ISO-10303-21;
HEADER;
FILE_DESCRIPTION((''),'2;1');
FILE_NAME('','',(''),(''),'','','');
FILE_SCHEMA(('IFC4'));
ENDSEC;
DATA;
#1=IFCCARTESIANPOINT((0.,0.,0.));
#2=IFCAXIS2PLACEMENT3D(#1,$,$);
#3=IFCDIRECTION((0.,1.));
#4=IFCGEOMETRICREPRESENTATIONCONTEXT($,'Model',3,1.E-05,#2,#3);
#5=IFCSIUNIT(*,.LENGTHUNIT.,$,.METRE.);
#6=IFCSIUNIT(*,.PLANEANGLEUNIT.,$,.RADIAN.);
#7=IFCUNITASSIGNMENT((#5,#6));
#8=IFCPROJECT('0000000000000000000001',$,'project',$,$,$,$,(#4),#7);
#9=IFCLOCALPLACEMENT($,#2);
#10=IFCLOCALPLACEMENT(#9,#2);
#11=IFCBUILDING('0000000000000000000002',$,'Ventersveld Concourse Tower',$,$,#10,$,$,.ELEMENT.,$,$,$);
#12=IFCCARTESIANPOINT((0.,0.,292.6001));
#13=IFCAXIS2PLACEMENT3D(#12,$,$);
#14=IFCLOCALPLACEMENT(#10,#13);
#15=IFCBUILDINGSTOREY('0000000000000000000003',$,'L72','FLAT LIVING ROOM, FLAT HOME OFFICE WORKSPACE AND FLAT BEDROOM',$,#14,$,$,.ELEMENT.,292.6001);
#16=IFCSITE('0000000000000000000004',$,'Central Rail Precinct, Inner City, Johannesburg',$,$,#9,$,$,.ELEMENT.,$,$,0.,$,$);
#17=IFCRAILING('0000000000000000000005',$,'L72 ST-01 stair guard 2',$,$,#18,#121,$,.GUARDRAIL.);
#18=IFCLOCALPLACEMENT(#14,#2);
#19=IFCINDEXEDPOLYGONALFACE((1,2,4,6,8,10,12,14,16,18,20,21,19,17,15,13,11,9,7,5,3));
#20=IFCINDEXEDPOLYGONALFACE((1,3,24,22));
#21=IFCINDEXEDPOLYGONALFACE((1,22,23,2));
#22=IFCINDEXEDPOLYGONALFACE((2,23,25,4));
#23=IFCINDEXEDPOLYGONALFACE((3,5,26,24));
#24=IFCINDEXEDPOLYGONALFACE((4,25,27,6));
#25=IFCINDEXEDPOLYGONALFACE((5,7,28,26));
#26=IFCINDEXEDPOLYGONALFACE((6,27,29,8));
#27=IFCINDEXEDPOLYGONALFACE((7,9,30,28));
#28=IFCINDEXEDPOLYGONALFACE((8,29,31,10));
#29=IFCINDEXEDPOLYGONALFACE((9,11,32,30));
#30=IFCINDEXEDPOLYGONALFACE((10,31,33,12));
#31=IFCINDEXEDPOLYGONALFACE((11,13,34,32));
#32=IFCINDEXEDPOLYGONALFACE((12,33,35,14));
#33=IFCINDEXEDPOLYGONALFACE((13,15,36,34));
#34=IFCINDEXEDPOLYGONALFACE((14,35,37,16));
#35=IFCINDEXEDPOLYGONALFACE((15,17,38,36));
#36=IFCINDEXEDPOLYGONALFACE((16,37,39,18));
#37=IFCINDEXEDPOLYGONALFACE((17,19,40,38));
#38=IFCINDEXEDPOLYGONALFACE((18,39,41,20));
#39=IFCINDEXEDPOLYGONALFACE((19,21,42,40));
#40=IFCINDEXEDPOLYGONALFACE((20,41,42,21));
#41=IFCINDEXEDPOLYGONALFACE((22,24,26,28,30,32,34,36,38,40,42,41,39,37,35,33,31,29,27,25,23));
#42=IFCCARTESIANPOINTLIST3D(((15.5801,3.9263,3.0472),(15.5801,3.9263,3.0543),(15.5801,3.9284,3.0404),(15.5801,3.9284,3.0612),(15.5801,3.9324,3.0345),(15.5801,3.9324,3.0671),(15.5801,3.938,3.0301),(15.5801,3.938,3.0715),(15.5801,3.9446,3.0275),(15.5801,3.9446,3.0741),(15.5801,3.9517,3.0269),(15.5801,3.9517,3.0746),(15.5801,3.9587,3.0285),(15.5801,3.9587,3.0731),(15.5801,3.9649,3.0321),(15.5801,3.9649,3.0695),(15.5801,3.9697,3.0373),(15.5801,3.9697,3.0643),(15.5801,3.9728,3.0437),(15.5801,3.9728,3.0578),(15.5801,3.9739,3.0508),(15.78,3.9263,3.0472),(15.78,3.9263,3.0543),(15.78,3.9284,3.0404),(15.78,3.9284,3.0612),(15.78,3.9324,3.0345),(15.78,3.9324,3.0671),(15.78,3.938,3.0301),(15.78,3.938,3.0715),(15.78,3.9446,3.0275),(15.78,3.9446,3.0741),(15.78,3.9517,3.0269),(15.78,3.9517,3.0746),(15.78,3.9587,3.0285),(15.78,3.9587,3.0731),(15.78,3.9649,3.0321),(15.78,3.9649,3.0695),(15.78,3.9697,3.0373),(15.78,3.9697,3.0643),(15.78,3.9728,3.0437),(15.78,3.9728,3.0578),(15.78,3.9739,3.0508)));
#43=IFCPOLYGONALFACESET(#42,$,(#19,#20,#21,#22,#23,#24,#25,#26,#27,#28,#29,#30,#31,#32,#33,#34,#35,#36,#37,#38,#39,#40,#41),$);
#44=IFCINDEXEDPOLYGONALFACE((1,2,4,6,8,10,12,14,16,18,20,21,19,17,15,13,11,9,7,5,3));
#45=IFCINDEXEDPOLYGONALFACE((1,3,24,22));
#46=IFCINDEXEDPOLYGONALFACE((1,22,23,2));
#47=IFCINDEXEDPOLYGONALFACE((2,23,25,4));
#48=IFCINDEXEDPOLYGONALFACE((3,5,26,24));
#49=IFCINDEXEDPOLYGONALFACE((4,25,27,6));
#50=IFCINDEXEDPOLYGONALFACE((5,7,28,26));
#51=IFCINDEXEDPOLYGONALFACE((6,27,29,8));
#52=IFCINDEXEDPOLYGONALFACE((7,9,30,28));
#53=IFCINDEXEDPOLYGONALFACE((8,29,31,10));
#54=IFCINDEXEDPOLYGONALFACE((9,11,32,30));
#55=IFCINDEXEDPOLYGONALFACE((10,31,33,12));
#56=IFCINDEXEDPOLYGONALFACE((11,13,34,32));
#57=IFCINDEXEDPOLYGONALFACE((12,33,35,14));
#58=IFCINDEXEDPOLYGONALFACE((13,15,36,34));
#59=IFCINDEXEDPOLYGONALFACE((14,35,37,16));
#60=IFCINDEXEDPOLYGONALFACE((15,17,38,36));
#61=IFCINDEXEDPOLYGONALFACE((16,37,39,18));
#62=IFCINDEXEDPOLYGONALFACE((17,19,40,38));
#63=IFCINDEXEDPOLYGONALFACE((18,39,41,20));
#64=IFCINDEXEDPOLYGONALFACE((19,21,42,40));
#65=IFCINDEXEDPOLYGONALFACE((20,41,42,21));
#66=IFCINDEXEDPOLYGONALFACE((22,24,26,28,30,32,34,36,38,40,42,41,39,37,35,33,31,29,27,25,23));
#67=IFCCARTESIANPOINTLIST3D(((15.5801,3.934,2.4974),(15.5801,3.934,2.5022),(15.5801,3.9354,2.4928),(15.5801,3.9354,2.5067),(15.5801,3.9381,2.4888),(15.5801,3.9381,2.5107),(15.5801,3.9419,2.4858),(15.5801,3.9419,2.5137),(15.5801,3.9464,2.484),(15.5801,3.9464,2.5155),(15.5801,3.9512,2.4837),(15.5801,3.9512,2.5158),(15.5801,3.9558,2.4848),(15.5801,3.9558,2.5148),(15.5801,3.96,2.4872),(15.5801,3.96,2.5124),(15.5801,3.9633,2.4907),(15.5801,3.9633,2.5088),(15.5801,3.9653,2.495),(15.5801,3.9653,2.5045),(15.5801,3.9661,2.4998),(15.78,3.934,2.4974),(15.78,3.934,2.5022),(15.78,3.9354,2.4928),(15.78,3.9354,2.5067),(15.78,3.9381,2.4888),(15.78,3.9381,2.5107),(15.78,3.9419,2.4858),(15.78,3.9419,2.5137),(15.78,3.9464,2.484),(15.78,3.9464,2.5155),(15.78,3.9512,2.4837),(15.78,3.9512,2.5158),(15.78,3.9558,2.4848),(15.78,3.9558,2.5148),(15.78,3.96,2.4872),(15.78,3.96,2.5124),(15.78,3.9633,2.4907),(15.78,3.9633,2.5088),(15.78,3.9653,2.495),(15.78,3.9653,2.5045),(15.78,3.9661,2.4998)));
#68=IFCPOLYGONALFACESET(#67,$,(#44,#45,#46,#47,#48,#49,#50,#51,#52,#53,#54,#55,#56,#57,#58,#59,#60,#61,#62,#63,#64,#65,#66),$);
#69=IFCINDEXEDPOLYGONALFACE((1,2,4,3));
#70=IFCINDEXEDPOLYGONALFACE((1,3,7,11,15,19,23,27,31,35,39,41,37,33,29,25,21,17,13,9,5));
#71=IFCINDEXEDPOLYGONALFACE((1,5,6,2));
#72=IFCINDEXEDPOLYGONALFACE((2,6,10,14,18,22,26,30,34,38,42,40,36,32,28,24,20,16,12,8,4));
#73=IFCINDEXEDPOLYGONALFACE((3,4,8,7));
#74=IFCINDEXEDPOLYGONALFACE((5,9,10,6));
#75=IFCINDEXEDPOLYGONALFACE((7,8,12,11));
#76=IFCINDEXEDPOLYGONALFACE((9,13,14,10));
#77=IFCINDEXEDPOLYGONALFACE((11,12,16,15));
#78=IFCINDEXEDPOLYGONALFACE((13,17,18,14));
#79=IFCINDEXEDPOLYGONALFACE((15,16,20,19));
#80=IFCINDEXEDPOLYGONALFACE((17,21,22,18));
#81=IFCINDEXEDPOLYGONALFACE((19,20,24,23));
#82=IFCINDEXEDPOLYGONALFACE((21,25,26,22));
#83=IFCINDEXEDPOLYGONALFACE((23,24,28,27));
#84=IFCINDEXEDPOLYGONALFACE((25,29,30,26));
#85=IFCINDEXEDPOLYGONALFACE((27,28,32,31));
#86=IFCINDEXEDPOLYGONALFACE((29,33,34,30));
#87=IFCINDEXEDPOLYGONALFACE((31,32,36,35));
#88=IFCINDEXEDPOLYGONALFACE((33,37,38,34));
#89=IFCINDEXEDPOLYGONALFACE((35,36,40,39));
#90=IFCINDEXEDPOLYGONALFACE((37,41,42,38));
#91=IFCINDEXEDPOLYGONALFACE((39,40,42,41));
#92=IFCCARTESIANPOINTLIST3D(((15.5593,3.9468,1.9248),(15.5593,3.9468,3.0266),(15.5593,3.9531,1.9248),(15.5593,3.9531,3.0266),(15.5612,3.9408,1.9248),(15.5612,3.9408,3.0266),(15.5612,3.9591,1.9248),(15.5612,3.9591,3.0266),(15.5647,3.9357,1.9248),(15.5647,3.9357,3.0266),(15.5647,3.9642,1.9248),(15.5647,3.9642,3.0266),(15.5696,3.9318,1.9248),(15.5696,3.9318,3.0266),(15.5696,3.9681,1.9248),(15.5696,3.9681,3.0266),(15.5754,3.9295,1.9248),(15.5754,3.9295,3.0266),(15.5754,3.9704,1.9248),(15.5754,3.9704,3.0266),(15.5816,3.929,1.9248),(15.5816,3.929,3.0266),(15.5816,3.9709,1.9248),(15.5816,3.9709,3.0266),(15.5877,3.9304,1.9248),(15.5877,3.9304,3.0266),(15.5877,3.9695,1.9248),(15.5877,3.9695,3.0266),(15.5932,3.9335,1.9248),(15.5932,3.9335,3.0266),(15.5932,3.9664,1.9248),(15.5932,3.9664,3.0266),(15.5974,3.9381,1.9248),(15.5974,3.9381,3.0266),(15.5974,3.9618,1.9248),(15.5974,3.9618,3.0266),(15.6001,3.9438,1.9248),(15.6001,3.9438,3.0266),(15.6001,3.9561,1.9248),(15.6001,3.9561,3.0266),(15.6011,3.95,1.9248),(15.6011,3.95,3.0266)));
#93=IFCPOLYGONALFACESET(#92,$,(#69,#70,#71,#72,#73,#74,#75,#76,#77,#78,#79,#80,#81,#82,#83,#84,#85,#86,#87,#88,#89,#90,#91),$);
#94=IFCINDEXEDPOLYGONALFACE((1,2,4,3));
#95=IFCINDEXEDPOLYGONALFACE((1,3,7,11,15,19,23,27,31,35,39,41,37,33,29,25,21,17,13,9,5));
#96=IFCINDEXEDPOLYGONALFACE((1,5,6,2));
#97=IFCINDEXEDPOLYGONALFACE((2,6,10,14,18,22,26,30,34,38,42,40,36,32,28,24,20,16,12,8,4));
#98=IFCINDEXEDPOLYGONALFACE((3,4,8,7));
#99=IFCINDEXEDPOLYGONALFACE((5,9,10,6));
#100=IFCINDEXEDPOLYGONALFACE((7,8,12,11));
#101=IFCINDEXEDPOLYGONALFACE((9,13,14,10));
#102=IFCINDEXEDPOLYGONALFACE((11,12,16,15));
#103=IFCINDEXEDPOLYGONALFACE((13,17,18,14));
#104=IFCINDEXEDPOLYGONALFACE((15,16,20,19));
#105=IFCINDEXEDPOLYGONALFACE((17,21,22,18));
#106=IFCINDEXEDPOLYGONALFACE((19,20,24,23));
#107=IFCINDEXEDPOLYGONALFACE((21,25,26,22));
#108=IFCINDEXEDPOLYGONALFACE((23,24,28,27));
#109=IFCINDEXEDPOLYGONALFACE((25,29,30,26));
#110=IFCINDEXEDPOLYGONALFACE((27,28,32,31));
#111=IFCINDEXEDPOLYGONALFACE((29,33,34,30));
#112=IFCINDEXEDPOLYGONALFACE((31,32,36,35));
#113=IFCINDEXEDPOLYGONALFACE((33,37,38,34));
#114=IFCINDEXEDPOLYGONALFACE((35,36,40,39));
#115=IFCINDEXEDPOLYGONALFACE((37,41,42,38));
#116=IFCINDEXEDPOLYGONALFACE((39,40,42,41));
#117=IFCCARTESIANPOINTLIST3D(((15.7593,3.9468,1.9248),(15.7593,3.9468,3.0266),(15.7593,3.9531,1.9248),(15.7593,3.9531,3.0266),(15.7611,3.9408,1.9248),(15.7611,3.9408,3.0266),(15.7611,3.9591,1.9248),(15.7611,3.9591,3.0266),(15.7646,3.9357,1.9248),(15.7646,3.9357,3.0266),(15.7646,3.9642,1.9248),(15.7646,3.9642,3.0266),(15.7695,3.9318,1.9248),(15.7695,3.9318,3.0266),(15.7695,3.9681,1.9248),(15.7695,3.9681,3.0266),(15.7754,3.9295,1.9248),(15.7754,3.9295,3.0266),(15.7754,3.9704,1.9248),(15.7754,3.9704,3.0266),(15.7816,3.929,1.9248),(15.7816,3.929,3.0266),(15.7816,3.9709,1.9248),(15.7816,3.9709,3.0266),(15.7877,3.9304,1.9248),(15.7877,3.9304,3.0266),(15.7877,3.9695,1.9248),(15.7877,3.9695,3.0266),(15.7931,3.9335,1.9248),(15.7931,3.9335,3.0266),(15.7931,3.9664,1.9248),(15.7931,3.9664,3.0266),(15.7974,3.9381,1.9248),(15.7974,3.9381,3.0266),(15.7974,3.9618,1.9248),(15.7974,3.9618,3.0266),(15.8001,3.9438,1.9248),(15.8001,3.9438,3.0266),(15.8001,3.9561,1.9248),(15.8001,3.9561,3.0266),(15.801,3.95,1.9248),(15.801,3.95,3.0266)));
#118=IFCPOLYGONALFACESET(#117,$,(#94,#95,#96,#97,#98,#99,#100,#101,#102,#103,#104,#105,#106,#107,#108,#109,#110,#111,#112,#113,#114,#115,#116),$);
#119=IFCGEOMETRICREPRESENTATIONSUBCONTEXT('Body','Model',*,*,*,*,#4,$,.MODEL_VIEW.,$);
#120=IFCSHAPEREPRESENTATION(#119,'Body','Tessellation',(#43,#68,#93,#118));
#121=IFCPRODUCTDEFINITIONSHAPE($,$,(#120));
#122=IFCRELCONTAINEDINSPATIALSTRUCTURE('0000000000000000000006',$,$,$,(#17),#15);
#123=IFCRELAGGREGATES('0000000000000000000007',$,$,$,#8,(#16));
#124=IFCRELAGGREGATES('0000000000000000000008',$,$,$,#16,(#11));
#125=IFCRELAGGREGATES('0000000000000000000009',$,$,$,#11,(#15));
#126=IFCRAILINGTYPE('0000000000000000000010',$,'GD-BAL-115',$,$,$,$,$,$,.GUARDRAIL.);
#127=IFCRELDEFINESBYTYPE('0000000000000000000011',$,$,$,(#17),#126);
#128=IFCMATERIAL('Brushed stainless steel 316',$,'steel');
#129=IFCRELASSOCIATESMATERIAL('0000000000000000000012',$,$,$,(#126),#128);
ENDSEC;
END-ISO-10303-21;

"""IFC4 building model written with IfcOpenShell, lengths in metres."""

from ifc_helpers import new_model, si_unit, direction, frame, origin, origin_2d, place, context, subcontext, project, spatial, circle, extrude, material, type_object, element, save


model = new_model("IFC4")

# Units and contexts
model_context = context("Model", 3, precision=1e-05, world=origin(), true_north=direction((0.0, 1.0)))
body_context = subcontext(model_context, "Body", "Model", "MODEL_VIEW")
ifc_project = project(units=[si_unit("LENGTHUNIT", "METRE"), si_unit("PLANEANGLEUNIT", "RADIAN")], contexts=[model_context])

# Site, building, storey
site_placement = place(None, origin())
site = spatial("IfcSite", under=ifc_project, at=site_placement, Name="Central Rail Precinct, Inner City, Johannesburg", CompositionType="ELEMENT", RefElevation=0.0)
building_placement = place(site_placement, origin())
building = spatial("IfcBuilding", under=site, at=building_placement, Name="Ventersveld Concourse Tower", CompositionType="ELEMENT")
storey_placement = place(building_placement, frame((0.0, 0.0, 292.6001)))
storey = spatial("IfcBuildingStorey", under=building, at=storey_placement, Name="L72", Description="FLAT LIVING ROOM, FLAT HOME OFFICE WORKSPACE AND FLAT BEDROOM", CompositionType="ELEMENT", Elevation=292.6001)

# Shared definitions
ifc_material_1 = material(Name="Brushed stainless steel 316", Category="steel")

# Railing
railing_type_1 = type_object("IfcRailingType", Name="GD-BAL-115", PredefinedType="GUARDRAIL", material=ifc_material_1)
railing_1_placement = place(storey_placement, frame((15.5801, 3.95, 1.9248)))
element("IfcRailing", 1, at=railing_1_placement, inside=storey, type_object=railing_type_1, Name="L72 ST-01 stair guard 2", PredefinedType="GUARDRAIL", context=body_context, shape_type="SweptSolid", body=[
    extrude(circle(Radius=0.0239, at=origin_2d()), frame((0.0, 0.0, 1.126), z_axis=(1.0, 0.0, 0.0), x_axis=(0.0, 1.0, 0.0)), (0.0, 0.0, 1.0), 0.2),
    extrude(circle(Radius=0.0161, at=origin_2d()), frame((0.0, 0.0, 0.575), z_axis=(1.0, 0.0, 0.0), x_axis=(0.0, 1.0, 0.0)), (0.0, 0.0, 1.0), 0.2),
    extrude(circle(Radius=0.021, at=origin_2d()), origin(), (0.0, 0.0, 1.0), 1.1018),
    extrude(circle(Radius=0.021, at=origin_2d()), frame((0.2, 0.0, 0.0)), (0.0, 0.0, 1.0), 1.1018),
])

save(model, "model.ifc")
